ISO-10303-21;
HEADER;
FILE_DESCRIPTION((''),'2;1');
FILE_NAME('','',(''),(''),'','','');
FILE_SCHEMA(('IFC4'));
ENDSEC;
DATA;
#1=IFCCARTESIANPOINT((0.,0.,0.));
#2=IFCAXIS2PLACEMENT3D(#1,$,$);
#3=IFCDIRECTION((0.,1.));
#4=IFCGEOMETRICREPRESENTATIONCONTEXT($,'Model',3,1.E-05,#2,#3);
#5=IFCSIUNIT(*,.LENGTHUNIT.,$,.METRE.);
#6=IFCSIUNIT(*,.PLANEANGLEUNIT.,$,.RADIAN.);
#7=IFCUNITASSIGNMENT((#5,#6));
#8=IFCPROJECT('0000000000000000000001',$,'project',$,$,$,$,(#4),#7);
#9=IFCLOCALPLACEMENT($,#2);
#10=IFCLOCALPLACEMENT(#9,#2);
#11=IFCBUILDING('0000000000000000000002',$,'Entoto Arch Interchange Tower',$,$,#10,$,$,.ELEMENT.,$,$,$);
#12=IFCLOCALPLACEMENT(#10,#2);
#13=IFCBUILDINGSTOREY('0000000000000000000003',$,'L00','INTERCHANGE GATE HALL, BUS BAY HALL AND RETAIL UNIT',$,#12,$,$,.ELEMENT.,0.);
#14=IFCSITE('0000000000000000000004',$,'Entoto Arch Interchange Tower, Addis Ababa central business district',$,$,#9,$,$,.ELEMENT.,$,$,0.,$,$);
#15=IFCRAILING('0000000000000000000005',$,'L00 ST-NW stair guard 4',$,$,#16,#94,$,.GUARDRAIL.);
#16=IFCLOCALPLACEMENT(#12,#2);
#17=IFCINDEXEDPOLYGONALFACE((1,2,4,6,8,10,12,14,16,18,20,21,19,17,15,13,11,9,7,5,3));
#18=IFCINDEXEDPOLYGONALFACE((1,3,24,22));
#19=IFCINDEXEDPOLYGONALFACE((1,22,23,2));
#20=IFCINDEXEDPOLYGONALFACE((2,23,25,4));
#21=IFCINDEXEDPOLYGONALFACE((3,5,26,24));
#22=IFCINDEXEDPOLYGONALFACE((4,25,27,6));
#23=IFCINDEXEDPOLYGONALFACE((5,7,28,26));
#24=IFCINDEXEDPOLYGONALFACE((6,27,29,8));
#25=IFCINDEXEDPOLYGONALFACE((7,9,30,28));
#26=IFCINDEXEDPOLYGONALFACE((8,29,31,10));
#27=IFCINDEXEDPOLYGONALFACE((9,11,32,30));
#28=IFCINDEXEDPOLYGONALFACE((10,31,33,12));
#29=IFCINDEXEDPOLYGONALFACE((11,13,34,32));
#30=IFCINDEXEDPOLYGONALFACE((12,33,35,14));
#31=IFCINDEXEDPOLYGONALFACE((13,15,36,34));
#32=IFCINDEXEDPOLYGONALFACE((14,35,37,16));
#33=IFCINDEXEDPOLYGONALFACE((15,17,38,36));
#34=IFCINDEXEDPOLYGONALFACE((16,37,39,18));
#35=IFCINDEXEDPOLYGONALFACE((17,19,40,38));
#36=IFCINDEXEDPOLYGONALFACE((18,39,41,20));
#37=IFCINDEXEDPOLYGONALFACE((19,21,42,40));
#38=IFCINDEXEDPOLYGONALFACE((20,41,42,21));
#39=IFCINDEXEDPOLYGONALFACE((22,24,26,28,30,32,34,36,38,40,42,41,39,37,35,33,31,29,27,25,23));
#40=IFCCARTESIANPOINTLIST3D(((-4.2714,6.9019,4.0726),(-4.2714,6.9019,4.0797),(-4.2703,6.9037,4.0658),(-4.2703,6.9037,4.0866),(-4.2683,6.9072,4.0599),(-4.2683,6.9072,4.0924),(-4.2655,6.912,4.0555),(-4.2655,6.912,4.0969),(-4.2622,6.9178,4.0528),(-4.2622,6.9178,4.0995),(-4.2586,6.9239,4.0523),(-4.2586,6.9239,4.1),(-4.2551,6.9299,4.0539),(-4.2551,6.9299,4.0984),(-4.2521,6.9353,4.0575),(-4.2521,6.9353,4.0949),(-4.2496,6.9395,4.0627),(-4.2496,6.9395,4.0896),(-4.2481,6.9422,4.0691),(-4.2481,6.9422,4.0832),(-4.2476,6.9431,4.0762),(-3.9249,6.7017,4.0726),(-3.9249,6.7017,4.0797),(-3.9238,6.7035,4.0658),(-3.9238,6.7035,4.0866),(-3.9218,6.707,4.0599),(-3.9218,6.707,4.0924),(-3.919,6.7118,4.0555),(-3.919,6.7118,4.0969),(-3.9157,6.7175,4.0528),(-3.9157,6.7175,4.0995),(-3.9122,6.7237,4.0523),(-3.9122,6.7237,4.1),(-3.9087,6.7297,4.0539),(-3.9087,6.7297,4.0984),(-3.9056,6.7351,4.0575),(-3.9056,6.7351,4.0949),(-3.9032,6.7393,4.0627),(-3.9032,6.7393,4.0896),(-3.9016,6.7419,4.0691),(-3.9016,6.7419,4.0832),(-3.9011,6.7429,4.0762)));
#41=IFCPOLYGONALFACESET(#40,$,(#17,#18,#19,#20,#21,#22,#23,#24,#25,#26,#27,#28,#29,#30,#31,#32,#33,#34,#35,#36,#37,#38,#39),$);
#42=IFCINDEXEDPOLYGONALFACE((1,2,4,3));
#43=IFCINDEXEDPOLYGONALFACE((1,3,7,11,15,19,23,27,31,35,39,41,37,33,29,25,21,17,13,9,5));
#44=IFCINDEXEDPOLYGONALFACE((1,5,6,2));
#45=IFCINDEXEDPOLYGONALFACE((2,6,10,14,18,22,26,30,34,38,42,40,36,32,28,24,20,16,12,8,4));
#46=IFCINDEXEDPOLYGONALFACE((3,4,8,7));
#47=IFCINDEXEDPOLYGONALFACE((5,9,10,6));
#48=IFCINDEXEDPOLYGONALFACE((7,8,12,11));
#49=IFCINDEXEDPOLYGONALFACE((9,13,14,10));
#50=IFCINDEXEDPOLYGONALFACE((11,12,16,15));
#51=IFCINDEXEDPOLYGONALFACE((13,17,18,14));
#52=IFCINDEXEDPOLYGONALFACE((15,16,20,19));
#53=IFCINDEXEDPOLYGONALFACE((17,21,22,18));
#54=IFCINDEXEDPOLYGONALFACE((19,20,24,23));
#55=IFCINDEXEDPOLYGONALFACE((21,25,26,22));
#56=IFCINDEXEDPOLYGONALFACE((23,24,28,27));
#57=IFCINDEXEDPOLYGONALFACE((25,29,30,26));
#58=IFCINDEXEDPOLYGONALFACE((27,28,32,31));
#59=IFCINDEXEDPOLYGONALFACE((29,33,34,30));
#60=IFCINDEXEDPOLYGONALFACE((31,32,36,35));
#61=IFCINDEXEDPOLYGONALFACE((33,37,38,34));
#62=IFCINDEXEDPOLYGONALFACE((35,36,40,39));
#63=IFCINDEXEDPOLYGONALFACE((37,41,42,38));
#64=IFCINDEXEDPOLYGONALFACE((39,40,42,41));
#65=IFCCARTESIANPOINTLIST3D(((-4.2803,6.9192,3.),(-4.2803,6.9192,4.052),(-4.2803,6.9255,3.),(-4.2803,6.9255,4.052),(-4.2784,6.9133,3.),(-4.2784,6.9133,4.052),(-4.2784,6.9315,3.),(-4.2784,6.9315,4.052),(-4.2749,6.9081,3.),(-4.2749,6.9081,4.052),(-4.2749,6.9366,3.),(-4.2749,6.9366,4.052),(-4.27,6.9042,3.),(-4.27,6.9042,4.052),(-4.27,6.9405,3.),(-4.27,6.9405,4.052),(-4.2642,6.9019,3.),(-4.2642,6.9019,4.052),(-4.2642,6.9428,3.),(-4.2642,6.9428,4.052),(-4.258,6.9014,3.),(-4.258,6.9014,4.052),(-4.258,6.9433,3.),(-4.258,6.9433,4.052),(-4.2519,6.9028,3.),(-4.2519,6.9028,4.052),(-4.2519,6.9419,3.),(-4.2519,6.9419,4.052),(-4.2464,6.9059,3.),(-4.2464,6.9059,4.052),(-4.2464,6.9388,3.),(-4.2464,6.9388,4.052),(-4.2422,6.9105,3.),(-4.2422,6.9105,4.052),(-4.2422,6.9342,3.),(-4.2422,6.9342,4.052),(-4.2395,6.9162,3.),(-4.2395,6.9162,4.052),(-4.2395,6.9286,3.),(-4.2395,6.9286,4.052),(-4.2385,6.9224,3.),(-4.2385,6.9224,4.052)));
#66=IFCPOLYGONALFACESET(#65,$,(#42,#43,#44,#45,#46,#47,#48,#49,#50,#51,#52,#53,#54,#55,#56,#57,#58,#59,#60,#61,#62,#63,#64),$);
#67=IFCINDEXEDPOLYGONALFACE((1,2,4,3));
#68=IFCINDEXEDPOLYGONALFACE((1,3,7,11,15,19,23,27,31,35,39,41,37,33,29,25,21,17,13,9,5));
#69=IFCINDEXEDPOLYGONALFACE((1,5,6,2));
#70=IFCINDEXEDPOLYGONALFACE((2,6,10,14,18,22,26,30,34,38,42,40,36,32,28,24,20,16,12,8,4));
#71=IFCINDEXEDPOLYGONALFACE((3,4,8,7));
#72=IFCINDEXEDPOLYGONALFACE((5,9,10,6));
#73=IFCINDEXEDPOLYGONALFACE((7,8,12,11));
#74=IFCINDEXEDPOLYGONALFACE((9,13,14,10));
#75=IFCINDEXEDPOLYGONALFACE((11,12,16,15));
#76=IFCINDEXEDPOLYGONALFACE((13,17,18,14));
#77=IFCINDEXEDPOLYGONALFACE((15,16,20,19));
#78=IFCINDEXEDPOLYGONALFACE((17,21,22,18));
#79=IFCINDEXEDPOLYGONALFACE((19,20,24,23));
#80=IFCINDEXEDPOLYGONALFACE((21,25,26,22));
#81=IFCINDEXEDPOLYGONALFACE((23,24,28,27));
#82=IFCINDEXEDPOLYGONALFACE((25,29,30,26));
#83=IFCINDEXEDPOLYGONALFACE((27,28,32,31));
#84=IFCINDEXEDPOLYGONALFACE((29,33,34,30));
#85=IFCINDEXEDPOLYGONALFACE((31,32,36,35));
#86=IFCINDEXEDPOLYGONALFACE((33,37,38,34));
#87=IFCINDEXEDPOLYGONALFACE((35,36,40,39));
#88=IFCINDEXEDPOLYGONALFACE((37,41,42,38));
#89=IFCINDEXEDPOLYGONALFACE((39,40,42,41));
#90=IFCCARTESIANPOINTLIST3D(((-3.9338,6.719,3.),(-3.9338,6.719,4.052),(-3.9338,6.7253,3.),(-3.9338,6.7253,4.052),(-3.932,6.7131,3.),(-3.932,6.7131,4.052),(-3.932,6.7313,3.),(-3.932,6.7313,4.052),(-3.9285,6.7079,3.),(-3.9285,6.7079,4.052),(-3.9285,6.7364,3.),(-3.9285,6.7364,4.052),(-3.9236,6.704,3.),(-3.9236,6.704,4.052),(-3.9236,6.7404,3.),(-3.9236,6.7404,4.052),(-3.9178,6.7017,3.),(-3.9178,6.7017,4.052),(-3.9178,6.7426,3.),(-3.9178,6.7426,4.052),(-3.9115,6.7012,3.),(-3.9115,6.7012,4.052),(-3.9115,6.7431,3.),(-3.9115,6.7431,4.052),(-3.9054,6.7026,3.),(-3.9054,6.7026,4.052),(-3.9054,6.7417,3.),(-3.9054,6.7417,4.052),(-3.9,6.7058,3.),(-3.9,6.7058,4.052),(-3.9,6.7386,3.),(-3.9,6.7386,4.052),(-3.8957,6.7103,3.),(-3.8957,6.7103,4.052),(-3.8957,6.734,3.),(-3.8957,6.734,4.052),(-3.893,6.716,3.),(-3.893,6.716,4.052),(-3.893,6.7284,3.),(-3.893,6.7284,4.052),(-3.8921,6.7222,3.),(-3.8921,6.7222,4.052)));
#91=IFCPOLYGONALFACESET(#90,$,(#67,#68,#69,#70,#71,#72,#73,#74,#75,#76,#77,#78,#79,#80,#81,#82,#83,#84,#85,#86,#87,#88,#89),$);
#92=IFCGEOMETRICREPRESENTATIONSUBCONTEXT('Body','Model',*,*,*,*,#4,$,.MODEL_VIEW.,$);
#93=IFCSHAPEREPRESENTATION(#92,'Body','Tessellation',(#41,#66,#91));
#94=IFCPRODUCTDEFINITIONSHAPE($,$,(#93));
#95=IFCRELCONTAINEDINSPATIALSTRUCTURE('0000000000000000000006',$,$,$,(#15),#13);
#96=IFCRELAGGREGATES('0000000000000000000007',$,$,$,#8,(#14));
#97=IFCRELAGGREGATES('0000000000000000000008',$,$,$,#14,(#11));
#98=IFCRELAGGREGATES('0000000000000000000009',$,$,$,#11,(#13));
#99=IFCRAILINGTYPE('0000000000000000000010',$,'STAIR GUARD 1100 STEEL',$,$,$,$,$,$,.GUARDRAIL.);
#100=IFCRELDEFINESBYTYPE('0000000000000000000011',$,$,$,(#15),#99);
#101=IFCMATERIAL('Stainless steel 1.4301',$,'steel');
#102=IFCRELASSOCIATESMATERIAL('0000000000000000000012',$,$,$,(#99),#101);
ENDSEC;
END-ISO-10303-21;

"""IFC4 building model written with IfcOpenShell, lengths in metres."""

from ifc_helpers import new_model, si_unit, direction, frame, origin, origin_2d, place, context, subcontext, project, spatial, circle, extrude, material, type_object, element, save


model = new_model("IFC4")

# Units and contexts
model_context = context("Model", 3, precision=1e-05, world=origin(), true_north=direction((0.0, 1.0)))
body_context = subcontext(model_context, "Body", "Model", "MODEL_VIEW")
ifc_project = project(units=[si_unit("LENGTHUNIT", "METRE"), si_unit("PLANEANGLEUNIT", "RADIAN")], contexts=[model_context])

# Site, building, storey
site_placement = place(None, origin())
site = spatial("IfcSite", under=ifc_project, at=site_placement, Name="Entoto Arch Interchange Tower, Addis Ababa central business district", CompositionType="ELEMENT", RefElevation=0.0)
building_placement = place(site_placement, origin())
building = spatial("IfcBuilding", under=site, at=building_placement, Name="Entoto Arch Interchange Tower", CompositionType="ELEMENT")
storey_placement = place(building_placement, origin())
storey = spatial("IfcBuildingStorey", under=building, at=storey_placement, Name="L00", Description="INTERCHANGE GATE HALL, BUS BAY HALL AND RETAIL UNIT", CompositionType="ELEMENT", Elevation=0.0)

# Railing
ifc_material_1 = material(Name="Stainless steel 1.4301", Category="steel")
railing_type_1 = type_object("IfcRailingType", Name="STAIR GUARD 1100 STEEL", PredefinedType="GUARDRAIL", material=ifc_material_1)
railing_1_placement = place(storey_placement, frame((-4.2595, 6.9224, 3.0)))
element("IfcRailing", 1, at=railing_1_placement, inside=storey, type_object=railing_type_1, Name="L00 ST-NW stair guard 4", PredefinedType="GUARDRAIL", context=body_context, shape_type="SweptSolid", body=[
    extrude(circle(Radius=0.0239, at=origin_2d()), frame((0.0, 0.0, 1.0762), z_axis=(0.86583, -0.500339, 0.0), x_axis=(0.500339, 0.86583, 0.0)), (0.0, 0.0, 1.0), 0.4001),
    extrude(circle(Radius=0.021, at=origin_2d()), origin(), (0.0, 0.0, 1.0), 1.052),
    extrude(circle(Radius=0.021, at=origin_2d()), frame((0.3464, -0.2002, 0.0)), (0.0, 0.0, 1.0), 1.052),
])

save(model, "model.ifc")
